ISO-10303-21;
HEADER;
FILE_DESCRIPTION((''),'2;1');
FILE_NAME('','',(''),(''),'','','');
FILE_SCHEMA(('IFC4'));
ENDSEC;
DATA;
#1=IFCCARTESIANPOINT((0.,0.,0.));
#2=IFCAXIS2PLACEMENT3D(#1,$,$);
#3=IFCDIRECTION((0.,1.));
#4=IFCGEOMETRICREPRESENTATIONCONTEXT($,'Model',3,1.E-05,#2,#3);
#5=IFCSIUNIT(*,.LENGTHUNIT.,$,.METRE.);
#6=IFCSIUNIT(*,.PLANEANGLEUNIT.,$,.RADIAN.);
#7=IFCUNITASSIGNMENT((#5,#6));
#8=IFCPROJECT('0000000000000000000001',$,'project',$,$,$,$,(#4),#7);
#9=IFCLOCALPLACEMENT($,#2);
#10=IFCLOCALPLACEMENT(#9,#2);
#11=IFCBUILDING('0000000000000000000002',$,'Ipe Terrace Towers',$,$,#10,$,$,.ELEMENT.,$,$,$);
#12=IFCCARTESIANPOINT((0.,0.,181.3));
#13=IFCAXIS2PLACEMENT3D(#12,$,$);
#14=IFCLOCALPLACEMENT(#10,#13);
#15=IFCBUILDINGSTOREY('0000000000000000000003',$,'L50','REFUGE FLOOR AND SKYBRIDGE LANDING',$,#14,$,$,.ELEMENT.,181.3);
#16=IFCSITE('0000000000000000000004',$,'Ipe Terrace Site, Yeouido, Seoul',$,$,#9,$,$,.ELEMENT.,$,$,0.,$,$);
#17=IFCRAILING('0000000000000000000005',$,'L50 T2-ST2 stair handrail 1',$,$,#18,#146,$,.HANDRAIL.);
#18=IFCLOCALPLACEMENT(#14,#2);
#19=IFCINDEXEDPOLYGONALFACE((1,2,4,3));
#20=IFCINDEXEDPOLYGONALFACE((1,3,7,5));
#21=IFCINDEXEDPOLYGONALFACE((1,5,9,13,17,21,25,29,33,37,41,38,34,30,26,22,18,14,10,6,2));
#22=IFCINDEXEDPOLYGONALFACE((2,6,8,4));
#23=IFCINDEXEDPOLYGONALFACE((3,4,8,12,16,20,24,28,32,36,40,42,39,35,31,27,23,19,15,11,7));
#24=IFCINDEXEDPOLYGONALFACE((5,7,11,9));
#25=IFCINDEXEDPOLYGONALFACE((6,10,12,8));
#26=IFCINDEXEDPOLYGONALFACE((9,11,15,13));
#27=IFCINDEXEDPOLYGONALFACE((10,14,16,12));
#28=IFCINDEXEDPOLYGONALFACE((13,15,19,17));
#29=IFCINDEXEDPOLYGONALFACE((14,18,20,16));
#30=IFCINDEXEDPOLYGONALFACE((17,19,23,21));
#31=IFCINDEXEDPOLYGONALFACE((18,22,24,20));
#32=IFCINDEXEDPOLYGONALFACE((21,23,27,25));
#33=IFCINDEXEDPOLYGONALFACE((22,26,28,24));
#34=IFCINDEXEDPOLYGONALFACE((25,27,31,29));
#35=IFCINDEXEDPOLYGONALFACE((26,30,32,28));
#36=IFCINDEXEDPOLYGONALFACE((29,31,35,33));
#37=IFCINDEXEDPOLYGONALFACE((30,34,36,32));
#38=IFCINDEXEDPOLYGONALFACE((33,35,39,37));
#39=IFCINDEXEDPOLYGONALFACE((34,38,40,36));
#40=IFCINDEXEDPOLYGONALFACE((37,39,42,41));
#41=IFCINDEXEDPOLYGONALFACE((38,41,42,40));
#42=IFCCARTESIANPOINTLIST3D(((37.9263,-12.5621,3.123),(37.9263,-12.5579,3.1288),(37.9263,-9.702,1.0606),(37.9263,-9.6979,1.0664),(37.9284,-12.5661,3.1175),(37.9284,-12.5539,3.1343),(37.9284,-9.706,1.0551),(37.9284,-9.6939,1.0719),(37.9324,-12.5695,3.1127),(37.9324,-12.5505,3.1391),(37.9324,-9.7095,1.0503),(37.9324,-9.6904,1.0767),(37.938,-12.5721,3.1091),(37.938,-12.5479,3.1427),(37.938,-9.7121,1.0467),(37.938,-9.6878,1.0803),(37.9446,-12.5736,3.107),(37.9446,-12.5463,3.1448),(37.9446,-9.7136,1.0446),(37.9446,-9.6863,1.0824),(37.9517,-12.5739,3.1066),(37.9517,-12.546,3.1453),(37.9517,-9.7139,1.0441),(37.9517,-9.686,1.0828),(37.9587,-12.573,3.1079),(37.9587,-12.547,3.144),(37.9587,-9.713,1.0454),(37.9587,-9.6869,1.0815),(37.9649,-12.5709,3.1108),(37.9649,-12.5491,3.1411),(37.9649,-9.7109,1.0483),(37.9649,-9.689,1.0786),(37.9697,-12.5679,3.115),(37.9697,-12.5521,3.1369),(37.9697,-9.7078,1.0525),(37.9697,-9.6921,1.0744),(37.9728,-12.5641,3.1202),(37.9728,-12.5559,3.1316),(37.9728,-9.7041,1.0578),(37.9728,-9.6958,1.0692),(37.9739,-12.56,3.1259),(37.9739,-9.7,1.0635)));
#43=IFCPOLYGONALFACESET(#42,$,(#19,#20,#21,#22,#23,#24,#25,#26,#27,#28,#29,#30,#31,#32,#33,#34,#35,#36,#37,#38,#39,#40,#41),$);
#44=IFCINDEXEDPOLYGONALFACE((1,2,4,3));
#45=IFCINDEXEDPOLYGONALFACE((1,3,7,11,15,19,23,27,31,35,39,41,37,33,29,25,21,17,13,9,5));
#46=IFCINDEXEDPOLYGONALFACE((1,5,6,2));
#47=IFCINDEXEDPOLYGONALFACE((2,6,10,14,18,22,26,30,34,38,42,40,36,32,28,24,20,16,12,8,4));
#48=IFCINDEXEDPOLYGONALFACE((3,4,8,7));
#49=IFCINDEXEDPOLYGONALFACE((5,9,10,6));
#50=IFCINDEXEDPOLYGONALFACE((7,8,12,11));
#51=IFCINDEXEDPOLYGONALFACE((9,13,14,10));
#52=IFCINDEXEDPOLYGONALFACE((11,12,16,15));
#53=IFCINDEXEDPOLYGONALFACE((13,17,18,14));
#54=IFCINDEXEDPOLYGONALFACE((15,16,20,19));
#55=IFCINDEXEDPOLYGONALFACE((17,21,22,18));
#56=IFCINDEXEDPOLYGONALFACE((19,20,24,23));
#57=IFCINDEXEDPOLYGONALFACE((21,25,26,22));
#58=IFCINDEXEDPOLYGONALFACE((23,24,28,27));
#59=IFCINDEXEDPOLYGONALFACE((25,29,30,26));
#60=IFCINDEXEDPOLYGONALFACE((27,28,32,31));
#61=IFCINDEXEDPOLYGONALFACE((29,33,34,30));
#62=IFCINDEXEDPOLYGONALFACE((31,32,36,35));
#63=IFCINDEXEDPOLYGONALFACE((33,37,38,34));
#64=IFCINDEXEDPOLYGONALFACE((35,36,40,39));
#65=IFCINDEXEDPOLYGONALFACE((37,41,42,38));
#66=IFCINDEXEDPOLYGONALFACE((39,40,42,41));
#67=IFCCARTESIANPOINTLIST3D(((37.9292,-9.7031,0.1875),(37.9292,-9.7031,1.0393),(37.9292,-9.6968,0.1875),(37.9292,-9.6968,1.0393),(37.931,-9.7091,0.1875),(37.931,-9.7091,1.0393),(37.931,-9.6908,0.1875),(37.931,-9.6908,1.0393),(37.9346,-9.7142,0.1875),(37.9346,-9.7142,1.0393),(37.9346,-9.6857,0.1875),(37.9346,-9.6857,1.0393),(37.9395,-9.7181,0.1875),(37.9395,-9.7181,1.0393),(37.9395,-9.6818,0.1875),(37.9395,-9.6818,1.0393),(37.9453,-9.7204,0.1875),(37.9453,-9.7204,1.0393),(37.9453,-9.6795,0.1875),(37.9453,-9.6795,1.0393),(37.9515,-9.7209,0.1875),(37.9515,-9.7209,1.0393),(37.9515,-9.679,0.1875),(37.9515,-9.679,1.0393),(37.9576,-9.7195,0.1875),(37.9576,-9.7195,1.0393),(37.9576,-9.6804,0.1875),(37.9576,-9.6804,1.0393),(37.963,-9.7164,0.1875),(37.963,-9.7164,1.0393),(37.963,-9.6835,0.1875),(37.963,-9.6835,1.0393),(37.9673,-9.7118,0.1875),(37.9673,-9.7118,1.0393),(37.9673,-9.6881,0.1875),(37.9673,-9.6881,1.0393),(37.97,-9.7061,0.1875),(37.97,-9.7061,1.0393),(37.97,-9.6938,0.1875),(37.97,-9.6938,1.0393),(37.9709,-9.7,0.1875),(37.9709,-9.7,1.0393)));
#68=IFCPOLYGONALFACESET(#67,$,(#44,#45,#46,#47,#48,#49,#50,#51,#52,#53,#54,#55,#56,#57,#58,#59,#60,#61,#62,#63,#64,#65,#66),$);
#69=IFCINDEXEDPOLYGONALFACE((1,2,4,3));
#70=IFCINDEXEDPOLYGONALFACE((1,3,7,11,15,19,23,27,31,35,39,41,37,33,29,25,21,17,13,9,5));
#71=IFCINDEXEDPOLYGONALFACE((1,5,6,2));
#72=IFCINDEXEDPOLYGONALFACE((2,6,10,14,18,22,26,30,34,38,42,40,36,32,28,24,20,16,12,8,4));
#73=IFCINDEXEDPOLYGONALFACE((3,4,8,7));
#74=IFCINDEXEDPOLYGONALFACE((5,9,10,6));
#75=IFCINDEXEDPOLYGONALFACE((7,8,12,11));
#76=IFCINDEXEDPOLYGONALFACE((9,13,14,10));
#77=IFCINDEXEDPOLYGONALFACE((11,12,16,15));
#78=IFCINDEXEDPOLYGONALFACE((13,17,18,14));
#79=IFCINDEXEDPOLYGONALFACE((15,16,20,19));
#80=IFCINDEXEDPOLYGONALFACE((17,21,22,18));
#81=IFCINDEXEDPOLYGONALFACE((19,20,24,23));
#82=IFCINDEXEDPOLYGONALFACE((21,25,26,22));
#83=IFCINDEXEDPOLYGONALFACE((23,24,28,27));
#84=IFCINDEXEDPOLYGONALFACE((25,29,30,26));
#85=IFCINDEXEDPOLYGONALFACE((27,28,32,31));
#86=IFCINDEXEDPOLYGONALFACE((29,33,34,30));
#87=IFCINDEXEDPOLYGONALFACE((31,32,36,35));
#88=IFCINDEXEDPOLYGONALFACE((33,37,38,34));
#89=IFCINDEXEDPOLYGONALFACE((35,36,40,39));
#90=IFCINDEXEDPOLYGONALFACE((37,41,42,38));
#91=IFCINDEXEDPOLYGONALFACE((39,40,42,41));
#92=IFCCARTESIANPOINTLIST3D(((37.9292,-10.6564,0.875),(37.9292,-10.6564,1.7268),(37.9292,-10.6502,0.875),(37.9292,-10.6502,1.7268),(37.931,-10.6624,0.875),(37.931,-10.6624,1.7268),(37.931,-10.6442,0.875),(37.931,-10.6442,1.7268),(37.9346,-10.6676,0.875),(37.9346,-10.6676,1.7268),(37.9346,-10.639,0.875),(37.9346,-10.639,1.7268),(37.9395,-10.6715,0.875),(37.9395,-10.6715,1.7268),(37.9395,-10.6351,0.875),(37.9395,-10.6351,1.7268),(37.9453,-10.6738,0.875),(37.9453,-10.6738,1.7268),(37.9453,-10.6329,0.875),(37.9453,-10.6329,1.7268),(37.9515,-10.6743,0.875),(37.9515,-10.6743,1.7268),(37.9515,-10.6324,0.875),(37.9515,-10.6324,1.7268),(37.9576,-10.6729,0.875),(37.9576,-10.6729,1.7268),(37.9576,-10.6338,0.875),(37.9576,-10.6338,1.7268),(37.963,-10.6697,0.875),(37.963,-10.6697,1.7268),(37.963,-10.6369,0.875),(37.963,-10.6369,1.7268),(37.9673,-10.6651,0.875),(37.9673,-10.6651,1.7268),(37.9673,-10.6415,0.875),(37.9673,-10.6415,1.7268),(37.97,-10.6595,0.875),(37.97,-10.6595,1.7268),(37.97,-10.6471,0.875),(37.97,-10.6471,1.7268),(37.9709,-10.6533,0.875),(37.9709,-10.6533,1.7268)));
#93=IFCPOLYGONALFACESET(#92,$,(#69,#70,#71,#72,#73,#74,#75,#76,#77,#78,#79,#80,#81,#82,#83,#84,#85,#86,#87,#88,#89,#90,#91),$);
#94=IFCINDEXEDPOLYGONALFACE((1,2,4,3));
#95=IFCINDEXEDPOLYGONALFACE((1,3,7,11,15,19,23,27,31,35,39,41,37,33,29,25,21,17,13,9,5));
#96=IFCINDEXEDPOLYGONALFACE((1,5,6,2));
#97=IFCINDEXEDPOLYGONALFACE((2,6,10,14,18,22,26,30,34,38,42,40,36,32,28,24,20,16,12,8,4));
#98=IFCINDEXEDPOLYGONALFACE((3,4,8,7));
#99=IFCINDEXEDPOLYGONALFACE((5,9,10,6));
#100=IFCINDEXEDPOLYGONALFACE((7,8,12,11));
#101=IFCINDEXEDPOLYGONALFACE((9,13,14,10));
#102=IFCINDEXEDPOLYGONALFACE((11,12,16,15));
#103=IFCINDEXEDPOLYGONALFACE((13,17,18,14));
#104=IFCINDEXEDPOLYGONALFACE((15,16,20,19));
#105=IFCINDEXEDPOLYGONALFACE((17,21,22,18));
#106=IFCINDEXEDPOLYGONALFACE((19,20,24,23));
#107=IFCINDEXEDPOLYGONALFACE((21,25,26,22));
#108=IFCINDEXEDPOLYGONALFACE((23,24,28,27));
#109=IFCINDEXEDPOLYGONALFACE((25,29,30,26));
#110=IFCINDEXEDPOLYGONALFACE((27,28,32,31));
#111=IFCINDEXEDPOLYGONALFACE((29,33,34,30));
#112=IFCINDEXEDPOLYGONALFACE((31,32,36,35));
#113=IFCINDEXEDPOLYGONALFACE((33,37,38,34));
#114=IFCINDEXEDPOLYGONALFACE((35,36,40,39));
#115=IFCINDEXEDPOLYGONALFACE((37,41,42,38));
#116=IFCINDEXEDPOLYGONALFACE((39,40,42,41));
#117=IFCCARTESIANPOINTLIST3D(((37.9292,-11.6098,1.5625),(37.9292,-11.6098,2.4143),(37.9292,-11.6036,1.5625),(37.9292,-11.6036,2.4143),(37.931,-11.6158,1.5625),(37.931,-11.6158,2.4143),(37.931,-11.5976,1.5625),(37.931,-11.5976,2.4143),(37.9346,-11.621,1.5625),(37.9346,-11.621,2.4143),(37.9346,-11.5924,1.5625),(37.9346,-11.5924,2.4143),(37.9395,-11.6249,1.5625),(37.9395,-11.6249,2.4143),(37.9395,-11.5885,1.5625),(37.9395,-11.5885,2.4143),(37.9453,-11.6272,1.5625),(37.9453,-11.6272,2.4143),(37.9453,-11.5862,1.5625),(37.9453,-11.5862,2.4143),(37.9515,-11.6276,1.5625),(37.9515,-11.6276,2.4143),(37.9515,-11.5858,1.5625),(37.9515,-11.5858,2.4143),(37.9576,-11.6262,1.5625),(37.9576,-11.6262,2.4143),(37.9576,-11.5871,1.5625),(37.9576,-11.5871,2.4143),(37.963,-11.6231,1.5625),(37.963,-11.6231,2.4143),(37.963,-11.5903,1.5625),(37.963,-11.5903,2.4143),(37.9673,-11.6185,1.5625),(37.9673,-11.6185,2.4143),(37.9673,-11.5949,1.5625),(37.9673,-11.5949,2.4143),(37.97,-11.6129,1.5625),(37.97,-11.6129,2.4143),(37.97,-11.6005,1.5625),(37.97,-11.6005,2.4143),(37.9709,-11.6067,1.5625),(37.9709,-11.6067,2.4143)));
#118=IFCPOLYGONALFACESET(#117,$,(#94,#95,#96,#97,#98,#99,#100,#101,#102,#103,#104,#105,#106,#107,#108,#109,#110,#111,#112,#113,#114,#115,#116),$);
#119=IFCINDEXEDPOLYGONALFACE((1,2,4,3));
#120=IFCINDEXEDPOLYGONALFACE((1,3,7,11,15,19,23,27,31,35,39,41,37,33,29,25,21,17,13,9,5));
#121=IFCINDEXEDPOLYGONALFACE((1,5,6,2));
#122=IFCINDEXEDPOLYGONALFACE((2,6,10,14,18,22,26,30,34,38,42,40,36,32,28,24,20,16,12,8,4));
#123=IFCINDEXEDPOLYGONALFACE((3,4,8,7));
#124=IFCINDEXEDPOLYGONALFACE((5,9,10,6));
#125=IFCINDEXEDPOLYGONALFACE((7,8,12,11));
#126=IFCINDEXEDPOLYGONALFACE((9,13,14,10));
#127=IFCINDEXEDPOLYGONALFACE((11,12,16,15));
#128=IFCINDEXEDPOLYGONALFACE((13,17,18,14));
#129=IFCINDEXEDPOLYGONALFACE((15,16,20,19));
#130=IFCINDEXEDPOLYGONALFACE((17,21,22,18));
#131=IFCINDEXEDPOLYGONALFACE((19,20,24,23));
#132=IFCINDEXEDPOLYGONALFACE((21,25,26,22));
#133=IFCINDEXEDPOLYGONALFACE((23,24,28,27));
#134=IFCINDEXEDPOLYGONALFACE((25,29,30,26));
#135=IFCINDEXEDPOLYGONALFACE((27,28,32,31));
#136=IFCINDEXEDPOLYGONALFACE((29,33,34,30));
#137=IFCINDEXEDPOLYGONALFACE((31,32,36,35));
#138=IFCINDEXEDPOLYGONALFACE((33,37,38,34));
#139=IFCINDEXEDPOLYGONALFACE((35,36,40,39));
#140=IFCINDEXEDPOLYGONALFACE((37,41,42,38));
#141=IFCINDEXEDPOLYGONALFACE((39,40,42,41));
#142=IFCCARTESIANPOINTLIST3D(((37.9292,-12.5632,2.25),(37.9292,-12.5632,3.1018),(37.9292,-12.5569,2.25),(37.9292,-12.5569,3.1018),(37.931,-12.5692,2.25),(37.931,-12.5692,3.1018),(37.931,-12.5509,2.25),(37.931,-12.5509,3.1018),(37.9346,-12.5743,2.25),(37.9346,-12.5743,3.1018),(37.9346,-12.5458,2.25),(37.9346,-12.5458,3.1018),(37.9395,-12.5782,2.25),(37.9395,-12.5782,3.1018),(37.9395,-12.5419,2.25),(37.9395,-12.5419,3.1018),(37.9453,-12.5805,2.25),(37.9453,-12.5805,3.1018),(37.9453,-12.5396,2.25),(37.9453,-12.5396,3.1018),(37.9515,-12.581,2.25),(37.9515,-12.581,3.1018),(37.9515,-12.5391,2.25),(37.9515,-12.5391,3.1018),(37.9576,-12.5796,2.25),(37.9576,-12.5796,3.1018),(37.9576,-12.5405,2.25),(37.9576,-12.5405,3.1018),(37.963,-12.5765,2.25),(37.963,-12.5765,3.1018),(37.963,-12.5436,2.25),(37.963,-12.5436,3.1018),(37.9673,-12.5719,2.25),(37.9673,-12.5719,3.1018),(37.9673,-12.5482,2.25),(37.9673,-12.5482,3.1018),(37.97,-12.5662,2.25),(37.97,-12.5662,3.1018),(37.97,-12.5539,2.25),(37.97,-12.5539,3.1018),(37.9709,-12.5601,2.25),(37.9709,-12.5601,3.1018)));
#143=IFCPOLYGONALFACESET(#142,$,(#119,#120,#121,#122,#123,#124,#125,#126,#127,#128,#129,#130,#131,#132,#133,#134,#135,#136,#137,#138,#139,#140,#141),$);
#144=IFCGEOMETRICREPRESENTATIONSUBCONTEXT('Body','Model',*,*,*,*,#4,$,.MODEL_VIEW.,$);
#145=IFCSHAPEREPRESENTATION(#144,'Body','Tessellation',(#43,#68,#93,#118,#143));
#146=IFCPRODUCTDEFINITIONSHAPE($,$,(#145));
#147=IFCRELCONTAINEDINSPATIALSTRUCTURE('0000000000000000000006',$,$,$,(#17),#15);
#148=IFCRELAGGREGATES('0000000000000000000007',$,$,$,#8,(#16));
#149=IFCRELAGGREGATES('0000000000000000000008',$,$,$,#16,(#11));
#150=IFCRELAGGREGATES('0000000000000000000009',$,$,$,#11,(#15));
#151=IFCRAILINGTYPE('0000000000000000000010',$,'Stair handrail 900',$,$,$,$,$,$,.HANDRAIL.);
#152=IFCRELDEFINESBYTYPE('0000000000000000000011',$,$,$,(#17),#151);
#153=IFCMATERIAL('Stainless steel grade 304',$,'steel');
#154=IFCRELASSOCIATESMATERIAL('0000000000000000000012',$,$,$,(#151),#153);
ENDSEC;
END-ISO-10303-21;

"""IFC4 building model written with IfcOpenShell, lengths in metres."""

from ifc_helpers import new_model, si_unit, direction, frame, origin, origin_2d, place, context, subcontext, project, spatial, circle, extrude, material, type_object, element, save


model = new_model("IFC4")

# Units and contexts
model_context = context("Model", 3, precision=1e-05, world=origin(), true_north=direction((0.0, 1.0)))
body_context = subcontext(model_context, "Body", "Model", "MODEL_VIEW")
ifc_project = project(units=[si_unit("LENGTHUNIT", "METRE"), si_unit("PLANEANGLEUNIT", "RADIAN")], contexts=[model_context])

# Site, building, storey
site_placement = place(None, origin())
site = spatial("IfcSite", under=ifc_project, at=site_placement, Name="Ipe Terrace Site, Yeouido, Seoul", CompositionType="ELEMENT", RefElevation=0.0)
building_placement = place(site_placement, origin())
building = spatial("IfcBuilding", under=site, at=building_placement, Name="Ipe Terrace Towers", CompositionType="ELEMENT")
storey_placement = place(building_placement, frame((0.0, 0.0, 181.3)))
storey = spatial("IfcBuildingStorey", under=building, at=storey_placement, Name="L50", Description="REFUGE FLOOR AND SKYBRIDGE LANDING", CompositionType="ELEMENT", Elevation=181.3)

# Railing
ifc_material_1 = material(Name="Stainless steel grade 304", Category="steel")
railing_type_1 = type_object("IfcRailingType", Name="Stair handrail 900", PredefinedType="HANDRAIL", material=ifc_material_1)
railing_1_placement = place(storey_placement, frame((37.95, -9.7, 0.1875)))
element("IfcRailing", 1, at=railing_1_placement, inside=storey, type_object=railing_type_1, Name="L50 T2-ST2 stair handrail 1", PredefinedType="HANDRAIL", context=body_context, shape_type="SweptSolid", body=[
    extrude(circle(Radius=0.0239, at=origin_2d()), frame((0.0, 0.0, 0.876), z_axis=(0.0, -0.811101, 0.584906), x_axis=(1.0, 0.0, 0.0)), (0.0, 0.0, 1.0), 3.5261),
    extrude(circle(Radius=0.021, at=origin_2d()), origin(), (0.0, 0.0, 1.0), 0.8518),
    extrude(circle(Radius=0.021, at=origin_2d()), frame((0.0, -0.9534, 0.6875)), (0.0, 0.0, 1.0), 0.8518),
    extrude(circle(Radius=0.021, at=origin_2d()), frame((0.0, -1.9067, 1.375)), (0.0, 0.0, 1.0), 0.8518),
    extrude(circle(Radius=0.021, at=origin_2d()), frame((0.0, -2.8601, 2.0625)), (0.0, 0.0, 1.0), 0.8518),
])

save(model, "model.ifc")
